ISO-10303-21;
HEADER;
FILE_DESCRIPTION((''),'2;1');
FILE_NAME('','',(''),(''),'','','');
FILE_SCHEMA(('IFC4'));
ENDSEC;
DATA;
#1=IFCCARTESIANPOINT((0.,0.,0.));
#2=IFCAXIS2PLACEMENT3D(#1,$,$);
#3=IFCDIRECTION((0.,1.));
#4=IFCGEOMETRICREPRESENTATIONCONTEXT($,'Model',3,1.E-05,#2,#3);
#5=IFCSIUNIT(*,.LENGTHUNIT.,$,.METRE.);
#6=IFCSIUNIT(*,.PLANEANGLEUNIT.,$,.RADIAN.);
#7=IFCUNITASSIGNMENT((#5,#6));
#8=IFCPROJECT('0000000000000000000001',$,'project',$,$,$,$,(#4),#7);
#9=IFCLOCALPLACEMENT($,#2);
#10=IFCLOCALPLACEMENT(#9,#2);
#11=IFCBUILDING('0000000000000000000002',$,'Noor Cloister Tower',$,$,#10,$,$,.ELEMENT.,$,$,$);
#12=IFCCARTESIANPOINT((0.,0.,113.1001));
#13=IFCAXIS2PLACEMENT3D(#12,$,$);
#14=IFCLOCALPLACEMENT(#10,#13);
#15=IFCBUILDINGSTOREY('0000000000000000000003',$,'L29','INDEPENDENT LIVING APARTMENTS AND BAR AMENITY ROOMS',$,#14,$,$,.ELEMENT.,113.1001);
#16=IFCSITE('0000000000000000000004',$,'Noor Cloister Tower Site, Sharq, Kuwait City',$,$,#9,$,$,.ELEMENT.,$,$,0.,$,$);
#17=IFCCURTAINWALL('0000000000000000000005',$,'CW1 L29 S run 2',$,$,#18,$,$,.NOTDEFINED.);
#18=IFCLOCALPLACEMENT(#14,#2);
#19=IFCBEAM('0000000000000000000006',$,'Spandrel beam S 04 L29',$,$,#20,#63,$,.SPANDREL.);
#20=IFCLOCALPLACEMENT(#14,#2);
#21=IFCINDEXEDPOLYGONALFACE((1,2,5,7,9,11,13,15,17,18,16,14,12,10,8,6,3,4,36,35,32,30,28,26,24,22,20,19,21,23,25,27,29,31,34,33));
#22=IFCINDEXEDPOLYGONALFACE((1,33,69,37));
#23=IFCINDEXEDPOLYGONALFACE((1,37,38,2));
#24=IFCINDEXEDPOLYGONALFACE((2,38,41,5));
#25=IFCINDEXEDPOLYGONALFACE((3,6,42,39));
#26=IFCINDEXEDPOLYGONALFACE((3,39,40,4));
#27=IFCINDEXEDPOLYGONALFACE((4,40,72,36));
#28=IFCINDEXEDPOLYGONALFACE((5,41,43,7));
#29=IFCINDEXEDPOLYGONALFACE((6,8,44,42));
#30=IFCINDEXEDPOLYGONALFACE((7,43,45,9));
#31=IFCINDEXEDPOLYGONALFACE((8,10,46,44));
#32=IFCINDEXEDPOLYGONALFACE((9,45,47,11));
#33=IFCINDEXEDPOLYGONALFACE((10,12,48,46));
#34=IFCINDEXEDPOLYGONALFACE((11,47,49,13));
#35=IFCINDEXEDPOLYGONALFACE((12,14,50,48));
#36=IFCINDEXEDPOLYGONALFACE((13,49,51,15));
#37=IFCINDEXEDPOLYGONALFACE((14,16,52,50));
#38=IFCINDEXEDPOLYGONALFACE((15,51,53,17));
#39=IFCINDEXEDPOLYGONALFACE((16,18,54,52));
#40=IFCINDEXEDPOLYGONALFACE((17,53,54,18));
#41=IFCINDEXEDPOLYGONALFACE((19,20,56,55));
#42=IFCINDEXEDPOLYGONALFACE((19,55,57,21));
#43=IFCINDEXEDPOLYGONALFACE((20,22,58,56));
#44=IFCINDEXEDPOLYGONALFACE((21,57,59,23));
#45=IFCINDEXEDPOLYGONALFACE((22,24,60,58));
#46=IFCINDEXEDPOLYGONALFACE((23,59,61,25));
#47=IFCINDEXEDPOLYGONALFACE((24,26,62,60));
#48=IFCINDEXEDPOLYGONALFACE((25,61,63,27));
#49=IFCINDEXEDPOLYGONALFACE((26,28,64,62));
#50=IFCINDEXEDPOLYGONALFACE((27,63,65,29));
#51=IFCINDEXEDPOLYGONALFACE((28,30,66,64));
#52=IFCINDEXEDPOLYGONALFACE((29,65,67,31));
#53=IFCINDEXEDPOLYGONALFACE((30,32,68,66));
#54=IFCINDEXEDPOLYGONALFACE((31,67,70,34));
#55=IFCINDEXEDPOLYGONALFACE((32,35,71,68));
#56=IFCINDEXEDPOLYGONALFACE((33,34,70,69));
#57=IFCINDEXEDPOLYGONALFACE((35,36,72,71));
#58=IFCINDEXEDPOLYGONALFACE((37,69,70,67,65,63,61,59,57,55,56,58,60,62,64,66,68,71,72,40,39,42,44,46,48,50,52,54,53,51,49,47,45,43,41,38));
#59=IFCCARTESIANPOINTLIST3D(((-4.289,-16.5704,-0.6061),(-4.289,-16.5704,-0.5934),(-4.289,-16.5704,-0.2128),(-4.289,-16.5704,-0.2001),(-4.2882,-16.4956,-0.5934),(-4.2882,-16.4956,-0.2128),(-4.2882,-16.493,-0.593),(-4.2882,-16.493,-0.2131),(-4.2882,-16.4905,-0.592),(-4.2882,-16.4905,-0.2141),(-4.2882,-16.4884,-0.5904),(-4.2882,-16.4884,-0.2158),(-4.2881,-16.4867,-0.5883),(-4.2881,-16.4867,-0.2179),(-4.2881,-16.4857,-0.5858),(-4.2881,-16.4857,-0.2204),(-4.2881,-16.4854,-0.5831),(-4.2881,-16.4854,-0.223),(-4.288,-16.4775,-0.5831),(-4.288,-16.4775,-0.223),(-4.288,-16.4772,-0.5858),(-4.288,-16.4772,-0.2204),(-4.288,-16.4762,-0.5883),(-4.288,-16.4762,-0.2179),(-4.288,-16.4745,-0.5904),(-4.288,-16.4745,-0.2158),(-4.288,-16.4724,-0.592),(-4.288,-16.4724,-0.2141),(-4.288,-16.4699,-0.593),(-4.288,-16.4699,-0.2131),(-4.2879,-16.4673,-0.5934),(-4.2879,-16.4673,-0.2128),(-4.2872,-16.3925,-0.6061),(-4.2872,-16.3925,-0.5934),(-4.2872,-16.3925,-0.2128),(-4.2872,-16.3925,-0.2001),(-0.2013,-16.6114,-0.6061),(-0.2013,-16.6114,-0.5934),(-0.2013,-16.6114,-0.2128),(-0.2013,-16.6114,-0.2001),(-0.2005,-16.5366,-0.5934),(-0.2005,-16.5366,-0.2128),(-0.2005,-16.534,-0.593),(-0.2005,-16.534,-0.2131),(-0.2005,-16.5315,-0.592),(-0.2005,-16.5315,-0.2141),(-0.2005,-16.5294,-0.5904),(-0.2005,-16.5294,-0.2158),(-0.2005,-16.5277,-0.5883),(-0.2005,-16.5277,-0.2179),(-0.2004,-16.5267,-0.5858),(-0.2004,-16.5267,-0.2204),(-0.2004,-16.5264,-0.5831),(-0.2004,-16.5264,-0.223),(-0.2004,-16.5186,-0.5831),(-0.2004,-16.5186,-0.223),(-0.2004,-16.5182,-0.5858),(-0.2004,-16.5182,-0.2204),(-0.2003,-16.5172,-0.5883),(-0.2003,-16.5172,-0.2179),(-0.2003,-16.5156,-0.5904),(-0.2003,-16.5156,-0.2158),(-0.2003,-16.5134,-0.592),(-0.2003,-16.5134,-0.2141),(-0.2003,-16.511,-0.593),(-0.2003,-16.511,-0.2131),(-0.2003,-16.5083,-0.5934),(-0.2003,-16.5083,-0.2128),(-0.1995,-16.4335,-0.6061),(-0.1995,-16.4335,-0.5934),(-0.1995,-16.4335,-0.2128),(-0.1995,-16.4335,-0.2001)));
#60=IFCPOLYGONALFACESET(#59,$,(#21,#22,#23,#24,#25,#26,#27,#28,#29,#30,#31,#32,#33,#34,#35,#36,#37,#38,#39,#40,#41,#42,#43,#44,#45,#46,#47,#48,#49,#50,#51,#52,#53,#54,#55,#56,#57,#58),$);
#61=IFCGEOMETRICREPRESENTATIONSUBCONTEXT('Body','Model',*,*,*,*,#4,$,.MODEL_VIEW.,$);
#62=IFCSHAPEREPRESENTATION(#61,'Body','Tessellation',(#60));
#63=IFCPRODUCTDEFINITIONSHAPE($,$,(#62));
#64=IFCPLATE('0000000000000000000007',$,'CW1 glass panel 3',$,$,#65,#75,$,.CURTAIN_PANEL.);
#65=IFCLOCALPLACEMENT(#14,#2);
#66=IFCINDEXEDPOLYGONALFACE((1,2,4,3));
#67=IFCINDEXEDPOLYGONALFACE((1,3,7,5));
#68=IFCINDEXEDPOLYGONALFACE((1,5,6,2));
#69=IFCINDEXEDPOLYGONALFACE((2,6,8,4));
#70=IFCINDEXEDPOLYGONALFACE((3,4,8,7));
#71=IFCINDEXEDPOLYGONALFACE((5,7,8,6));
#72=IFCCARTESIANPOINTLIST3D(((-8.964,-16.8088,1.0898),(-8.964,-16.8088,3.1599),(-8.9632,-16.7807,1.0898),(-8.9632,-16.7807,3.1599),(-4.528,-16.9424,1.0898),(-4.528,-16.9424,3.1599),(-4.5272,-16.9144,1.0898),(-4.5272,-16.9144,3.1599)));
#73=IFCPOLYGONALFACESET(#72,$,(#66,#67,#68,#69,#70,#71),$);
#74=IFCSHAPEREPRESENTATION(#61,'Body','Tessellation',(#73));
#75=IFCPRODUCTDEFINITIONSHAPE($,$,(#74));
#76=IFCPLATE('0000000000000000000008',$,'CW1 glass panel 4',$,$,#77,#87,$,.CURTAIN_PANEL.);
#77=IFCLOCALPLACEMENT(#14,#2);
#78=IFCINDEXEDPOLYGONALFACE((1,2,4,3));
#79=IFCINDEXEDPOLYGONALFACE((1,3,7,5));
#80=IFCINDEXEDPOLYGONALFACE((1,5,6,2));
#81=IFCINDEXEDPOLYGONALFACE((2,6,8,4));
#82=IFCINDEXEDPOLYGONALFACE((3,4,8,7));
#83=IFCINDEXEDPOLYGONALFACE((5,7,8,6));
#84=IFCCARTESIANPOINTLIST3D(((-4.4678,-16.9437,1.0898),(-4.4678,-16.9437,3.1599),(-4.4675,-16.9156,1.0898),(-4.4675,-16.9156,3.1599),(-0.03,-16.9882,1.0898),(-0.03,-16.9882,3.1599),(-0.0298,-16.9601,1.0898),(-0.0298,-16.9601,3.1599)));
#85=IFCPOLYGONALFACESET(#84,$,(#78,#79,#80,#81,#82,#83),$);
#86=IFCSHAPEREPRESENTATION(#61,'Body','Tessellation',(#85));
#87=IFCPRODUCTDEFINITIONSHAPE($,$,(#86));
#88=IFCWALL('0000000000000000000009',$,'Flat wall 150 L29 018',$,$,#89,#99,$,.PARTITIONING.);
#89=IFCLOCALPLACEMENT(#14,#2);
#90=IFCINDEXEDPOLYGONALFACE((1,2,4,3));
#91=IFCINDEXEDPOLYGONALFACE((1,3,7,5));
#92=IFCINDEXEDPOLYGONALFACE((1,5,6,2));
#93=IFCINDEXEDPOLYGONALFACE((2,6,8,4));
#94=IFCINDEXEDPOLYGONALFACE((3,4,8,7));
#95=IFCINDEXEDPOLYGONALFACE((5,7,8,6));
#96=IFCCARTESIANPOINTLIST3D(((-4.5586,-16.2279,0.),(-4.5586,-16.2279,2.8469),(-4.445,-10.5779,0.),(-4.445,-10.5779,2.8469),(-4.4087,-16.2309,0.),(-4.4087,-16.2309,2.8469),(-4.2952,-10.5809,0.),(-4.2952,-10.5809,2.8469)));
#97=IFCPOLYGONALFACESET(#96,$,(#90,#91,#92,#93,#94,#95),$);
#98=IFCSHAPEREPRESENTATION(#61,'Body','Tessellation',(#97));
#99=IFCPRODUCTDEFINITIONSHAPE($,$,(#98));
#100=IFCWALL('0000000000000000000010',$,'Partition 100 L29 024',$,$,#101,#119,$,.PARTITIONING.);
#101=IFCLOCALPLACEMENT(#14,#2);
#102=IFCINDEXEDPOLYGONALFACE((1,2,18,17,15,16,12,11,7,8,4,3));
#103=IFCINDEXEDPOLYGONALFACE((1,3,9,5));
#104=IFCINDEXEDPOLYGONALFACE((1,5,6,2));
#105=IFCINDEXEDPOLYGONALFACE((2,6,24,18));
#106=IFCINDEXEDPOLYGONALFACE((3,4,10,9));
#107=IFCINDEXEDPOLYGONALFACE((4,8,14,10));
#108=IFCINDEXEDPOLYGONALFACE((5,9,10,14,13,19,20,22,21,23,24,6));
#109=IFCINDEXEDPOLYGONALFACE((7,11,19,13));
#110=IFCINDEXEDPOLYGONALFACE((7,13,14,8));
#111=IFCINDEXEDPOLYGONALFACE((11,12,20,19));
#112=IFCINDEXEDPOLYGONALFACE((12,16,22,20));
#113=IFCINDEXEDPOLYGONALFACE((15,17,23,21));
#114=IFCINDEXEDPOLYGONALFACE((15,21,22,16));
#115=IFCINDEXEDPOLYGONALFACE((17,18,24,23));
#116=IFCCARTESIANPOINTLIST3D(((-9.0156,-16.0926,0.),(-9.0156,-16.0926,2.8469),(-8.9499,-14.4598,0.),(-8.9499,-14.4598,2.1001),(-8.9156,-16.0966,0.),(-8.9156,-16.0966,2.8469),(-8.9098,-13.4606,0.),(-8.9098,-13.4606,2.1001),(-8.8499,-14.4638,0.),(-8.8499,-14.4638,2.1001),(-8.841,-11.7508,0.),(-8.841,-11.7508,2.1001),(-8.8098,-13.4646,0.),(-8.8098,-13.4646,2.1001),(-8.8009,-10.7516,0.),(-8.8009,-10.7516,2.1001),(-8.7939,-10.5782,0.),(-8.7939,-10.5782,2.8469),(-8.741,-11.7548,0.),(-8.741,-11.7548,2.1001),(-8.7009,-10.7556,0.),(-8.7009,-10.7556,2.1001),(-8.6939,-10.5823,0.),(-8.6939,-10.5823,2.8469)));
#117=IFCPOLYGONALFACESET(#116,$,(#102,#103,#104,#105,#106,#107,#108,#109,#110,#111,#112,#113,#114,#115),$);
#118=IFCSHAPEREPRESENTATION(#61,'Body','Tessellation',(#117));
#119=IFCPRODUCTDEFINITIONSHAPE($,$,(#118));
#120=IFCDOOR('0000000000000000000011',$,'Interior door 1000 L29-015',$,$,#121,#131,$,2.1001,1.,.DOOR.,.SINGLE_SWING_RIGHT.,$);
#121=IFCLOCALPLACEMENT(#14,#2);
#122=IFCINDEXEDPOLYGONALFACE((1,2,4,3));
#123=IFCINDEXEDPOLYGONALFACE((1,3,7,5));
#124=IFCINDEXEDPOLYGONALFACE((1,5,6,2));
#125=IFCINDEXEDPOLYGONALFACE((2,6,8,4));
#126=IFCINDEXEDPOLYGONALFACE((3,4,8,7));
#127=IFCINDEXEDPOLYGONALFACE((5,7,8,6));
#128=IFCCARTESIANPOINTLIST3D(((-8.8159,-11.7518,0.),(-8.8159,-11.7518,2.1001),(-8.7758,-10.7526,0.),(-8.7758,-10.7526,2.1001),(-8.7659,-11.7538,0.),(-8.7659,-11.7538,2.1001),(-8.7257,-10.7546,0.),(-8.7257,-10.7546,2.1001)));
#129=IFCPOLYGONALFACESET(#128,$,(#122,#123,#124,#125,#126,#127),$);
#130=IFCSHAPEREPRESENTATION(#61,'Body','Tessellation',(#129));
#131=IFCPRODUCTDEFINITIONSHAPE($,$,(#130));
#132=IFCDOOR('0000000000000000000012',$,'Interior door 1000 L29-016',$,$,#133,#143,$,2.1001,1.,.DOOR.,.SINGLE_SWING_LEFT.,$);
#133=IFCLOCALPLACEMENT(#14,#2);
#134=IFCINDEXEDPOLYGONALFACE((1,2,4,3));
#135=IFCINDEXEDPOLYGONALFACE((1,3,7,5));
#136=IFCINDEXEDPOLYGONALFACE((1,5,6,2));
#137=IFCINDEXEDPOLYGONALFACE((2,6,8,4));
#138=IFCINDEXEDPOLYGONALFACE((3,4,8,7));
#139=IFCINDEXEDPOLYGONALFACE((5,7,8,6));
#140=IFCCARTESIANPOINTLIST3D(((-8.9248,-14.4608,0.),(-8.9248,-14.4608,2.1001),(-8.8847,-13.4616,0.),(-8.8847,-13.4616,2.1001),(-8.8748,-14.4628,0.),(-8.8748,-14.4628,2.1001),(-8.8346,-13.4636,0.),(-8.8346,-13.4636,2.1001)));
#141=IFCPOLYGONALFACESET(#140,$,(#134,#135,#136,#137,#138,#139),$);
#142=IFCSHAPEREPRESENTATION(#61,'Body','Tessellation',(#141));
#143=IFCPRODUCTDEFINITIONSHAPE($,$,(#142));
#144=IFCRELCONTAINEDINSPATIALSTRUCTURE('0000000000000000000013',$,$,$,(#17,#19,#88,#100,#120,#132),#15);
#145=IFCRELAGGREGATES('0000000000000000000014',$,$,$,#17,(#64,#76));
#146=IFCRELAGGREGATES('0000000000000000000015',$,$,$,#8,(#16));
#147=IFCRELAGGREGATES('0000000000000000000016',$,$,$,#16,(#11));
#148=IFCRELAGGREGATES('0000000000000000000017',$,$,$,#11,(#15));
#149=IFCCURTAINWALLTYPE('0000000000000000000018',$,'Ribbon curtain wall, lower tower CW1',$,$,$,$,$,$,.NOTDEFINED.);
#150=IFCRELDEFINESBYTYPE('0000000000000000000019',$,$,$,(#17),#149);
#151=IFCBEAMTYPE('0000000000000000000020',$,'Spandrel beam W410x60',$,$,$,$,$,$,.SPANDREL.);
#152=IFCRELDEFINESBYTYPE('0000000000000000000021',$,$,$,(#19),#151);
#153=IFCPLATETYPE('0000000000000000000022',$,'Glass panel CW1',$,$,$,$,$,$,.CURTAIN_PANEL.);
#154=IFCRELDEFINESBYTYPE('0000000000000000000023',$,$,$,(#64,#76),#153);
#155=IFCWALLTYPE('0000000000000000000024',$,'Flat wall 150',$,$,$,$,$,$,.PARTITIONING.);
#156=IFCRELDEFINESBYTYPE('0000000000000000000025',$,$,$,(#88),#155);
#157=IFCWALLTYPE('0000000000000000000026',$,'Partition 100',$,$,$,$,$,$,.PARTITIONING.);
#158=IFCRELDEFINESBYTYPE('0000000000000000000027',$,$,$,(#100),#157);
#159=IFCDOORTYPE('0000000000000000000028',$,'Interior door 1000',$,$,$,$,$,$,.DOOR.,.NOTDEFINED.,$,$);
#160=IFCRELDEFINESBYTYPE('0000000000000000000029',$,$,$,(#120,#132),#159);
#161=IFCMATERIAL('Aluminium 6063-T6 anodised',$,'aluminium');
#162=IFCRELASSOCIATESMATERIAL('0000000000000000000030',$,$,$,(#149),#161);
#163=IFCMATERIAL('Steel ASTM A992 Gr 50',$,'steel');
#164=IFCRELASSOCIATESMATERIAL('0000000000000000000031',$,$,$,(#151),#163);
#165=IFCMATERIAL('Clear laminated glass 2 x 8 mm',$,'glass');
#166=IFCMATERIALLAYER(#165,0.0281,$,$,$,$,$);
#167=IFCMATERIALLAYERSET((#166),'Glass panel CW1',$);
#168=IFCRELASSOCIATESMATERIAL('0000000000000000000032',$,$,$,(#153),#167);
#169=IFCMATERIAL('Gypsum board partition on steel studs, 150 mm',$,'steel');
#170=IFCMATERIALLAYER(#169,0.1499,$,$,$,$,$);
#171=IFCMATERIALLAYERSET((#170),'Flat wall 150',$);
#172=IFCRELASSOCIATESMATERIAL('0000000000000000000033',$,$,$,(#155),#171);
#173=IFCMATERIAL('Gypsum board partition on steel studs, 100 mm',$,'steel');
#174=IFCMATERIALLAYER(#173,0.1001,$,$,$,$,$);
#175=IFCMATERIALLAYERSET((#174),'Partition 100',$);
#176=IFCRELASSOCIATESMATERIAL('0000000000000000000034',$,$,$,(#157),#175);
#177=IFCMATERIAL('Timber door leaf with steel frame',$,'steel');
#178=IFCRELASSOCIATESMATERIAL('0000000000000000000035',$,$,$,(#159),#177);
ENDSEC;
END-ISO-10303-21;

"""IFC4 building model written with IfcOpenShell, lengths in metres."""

from ifc_helpers import new_model, si_unit, direction, frame, frame_2d, origin, origin_2d, place, context, subcontext, project, spatial, rectangle, i_section, extrude, material, layer, layer_set, material_profile, profile_set, type_object, element, fill, aggregate, save


model = new_model("IFC4")

# Units and contexts
model_context = context("Model", 3, precision=1e-05, world=origin(), true_north=direction((0.0, 1.0)))
body_context = subcontext(model_context, "Body", "Model", "MODEL_VIEW")
ifc_project = project(units=[si_unit("LENGTHUNIT", "METRE"), si_unit("PLANEANGLEUNIT", "RADIAN")], contexts=[model_context])

# Site, building, storey
site_placement = place(None, origin())
site = spatial("IfcSite", under=ifc_project, at=site_placement, Name="Noor Cloister Tower Site, Sharq, Kuwait City", CompositionType="ELEMENT", RefElevation=0.0)
building_placement = place(site_placement, origin())
building = spatial("IfcBuilding", under=site, at=building_placement, Name="Noor Cloister Tower", CompositionType="ELEMENT")
storey_placement = place(building_placement, frame((0.0, 0.0, 113.1001)))
storey = spatial("IfcBuildingStorey", under=building, at=storey_placement, Name="L29", Description="INDEPENDENT LIVING APARTMENTS AND BAR AMENITY ROOMS", CompositionType="ELEMENT", Elevation=113.1001)

# Curtain wall
ifc_material_1 = material(Name="Aluminium 6063-T6 anodised", Category="aluminium")
curtain_wall_type = type_object("IfcCurtainWallType", Name="Ribbon curtain wall, lower tower CW1", PredefinedType="NOTDEFINED", material=ifc_material_1)
curtain_wall_placement = place(storey_placement, origin())
curtain_wall = element("IfcCurtainWall", 1, at=curtain_wall_placement, inside=storey, type_object=curtain_wall_type, Name="CW1 L29 S run 2", PredefinedType="NOTDEFINED")

# Beam
ifc_material_2 = material(Name="Steel ASTM A992 Gr 50", Category="steel")
ifc_material_profile_1 = material_profile(ifc_material_2, i_section(OverallWidth=0.178, OverallDepth=0.406, WebThickness=0.0078, FlangeThickness=0.0127, FilletRadius=0.0103, at=origin_2d()), Name="W410x60")
ifc_profile_set_1 = profile_set([ifc_material_profile_1], Name="Steel ASTM A992 Gr 50")
beam_type_1 = type_object("IfcBeamType", Name="Spandrel beam W410x60", PredefinedType="SPANDREL", material=ifc_profile_set_1)
beam_1_placement = place(storey_placement, frame((-4.2881, -16.4814, -0.4031), z_axis=(0.99995, -0.010034, 0.0), x_axis=(0.010034, 0.99995, 0.0)))
element("IfcBeam", 2, at=beam_1_placement, inside=storey, type_object=beam_type_1, Name="Spandrel beam S 04 L29", PredefinedType="SPANDREL", context=body_context, shape_type="SweptSolid", body=[
    extrude(i_section(OverallWidth=0.178, OverallDepth=0.406, WebThickness=0.0078, FlangeThickness=0.0127, FilletRadius=0.0103, at=origin_2d()), origin(), (0.0, 0.0, 1.0), 4.0879),
])

# Plates
ifc_material_3 = material(Name="Clear laminated glass 2 x 8 mm", Category="glass")
ifc_layer_1 = layer(ifc_material_3, 0.0281)
ifc_layer_set_1 = layer_set([ifc_layer_1], Name="Glass panel CW1")
plate_type = type_object("IfcPlateType", Name="Glass panel CW1", PredefinedType="CURTAIN_PANEL", material=ifc_layer_set_1)
plate_1_placement = place(storey_placement, frame((-6.7456, -16.8616, 1.0898), z_axis=(0.0, 0.0, 1.0), x_axis=(0.999546, -0.030114, 0.0)))
plate_1 = element("IfcPlate", 3, at=plate_1_placement, type_object=plate_type, Name="CW1 glass panel 3", PredefinedType="CURTAIN_PANEL", context=body_context, shape_type="SweptSolid", body=[
    extrude(rectangle(XDim=4.438, YDim=0.0281, at=origin_2d()), origin(), (0.0, 0.0, 1.0), 2.0701),
])
plate_2_placement = place(storey_placement, frame((-2.2488, -16.9519, 1.0898), z_axis=(0.0, 0.0, 1.0), x_axis=(0.99995, -0.010039, 0.0)))
plate_2 = element("IfcPlate", 4, at=plate_2_placement, type_object=plate_type, Name="CW1 glass panel 4", PredefinedType="CURTAIN_PANEL", context=body_context, shape_type="SweptSolid", body=[
    extrude(rectangle(XDim=4.438, YDim=0.0281, at=origin_2d()), origin(), (0.0, 0.0, 1.0), 2.0701),
])
aggregate(curtain_wall, [plate_1, plate_2])

# Wall
ifc_material_4 = material(Name="Gypsum board partition on steel studs, 150 mm", Category="steel")
ifc_layer_2 = layer(ifc_material_4, 0.1499)
ifc_layer_set_2 = layer_set([ifc_layer_2], Name="Flat wall 150")
wall_type_1 = type_object("IfcWallType", Name="Flat wall 150", PredefinedType="PARTITIONING", material=ifc_layer_set_2)
wall_1_placement = place(storey_placement, frame((-4.4836, -16.2295, 0.0), z_axis=(0.0, 0.0, 1.0), x_axis=(0.020089, 0.999798, 0.0)))
element("IfcWall", 5, at=wall_1_placement, inside=storey, type_object=wall_type_1, Name="Flat wall 150 L29 018", PredefinedType="PARTITIONING", context=body_context, shape_type="SweptSolid", body=[
    extrude(rectangle(XDim=5.6511, YDim=0.1499, at=frame_2d((2.8257, 0.0))), origin(), (0.0, 0.0, 1.0), 2.8469),
])

# Wall, openings, doors
ifc_material_5 = material(Name="Gypsum board partition on steel studs, 100 mm", Category="steel")
ifc_layer_3 = layer(ifc_material_5, 0.1001)
ifc_layer_set_3 = layer_set([ifc_layer_3], Name="Partition 100")
wall_type_2 = type_object("IfcWallType", Name="Partition 100", PredefinedType="PARTITIONING", material=ifc_layer_set_3)
wall_2_placement = place(storey_placement, frame((-8.9656, -16.0945, 0.0), z_axis=(0.0, 0.0, 1.0), x_axis=(0.040168, 0.999193, 0.0)))
wall_2 = element("IfcWall", 6, at=wall_2_placement, inside=storey, type_object=wall_type_2, Name="Partition 100 L29 024", PredefinedType="PARTITIONING", context=body_context, shape_type="SweptSolid", body=[
    extrude(rectangle(XDim=5.5188, YDim=0.1001, at=frame_2d((2.7593, 0.0))), origin(), (0.0, 0.0, 1.0), 2.8469),
])
opening_1_placement = place(wall_2_placement, frame((4.3452, 0.0, 0.0)))
opening_1 = element("IfcOpeningElement", 7, at=opening_1_placement, cuts=wall_2, PredefinedType="OPENING", context=body_context, shape_type="SweptSolid", body=[
    extrude(rectangle(XDim=1.0, YDim=2.1001, at=frame_2d((0.5, 1.05))), frame((0.0, 0.0601, 0.0), z_axis=(0.0, -1.0, 0.0), x_axis=(1.0, 0.0, 0.0)), (0.0, 0.0, 1.0), 0.1201),
])
opening_2_placement = place(wall_2_placement, frame((1.634, 0.0, 0.0)))
opening_2 = element("IfcOpeningElement", 8, at=opening_2_placement, cuts=wall_2, PredefinedType="OPENING", context=body_context, shape_type="SweptSolid", body=[
    extrude(rectangle(XDim=1.0, YDim=2.1001, at=frame_2d((0.5, 1.05))), frame((0.0, 0.0601, 0.0), z_axis=(0.0, -1.0, 0.0), x_axis=(1.0, 0.0, 0.0)), (0.0, 0.0, 1.0), 0.1201),
])
ifc_material_6 = material(Name="Timber door leaf with steel frame", Category="steel")
door_type = type_object("IfcDoorType", Name="Interior door 1000", OperationType="NOTDEFINED", PredefinedType="DOOR", material=ifc_material_6)
door_1_placement = place(opening_1_placement, origin())
door_1 = element("IfcDoor", 9, at=door_1_placement, inside=storey, type_object=door_type, Name="Interior door 1000 L29-015", OperationType="SINGLE_SWING_RIGHT", OverallHeight=2.1001, OverallWidth=1.0, PredefinedType="DOOR", context=body_context, shape_type="SweptSolid", body=[
    extrude(rectangle(XDim=1.0, YDim=2.1001, at=frame_2d((0.5, 1.05))), frame((0.0, 0.0249, 0.0), z_axis=(0.0, -1.0, 0.0), x_axis=(1.0, 0.0, 0.0)), (0.0, 0.0, 1.0), 0.05),
])
fill(opening_1, door_1)
door_2_placement = place(opening_2_placement, origin())
door_2 = element("IfcDoor", 10, at=door_2_placement, inside=storey, type_object=door_type, Name="Interior door 1000 L29-016", OperationType="SINGLE_SWING_LEFT", OverallHeight=2.1001, OverallWidth=1.0, PredefinedType="DOOR", context=body_context, shape_type="SweptSolid", body=[
    extrude(rectangle(XDim=1.0, YDim=2.1001, at=frame_2d((0.5, 1.05))), frame((0.0, 0.0249, 0.0), z_axis=(0.0, -1.0, 0.0), x_axis=(1.0, 0.0, 0.0)), (0.0, 0.0, 1.0), 0.05),
])
fill(opening_2, door_2)

save(model, "model.ifc")
